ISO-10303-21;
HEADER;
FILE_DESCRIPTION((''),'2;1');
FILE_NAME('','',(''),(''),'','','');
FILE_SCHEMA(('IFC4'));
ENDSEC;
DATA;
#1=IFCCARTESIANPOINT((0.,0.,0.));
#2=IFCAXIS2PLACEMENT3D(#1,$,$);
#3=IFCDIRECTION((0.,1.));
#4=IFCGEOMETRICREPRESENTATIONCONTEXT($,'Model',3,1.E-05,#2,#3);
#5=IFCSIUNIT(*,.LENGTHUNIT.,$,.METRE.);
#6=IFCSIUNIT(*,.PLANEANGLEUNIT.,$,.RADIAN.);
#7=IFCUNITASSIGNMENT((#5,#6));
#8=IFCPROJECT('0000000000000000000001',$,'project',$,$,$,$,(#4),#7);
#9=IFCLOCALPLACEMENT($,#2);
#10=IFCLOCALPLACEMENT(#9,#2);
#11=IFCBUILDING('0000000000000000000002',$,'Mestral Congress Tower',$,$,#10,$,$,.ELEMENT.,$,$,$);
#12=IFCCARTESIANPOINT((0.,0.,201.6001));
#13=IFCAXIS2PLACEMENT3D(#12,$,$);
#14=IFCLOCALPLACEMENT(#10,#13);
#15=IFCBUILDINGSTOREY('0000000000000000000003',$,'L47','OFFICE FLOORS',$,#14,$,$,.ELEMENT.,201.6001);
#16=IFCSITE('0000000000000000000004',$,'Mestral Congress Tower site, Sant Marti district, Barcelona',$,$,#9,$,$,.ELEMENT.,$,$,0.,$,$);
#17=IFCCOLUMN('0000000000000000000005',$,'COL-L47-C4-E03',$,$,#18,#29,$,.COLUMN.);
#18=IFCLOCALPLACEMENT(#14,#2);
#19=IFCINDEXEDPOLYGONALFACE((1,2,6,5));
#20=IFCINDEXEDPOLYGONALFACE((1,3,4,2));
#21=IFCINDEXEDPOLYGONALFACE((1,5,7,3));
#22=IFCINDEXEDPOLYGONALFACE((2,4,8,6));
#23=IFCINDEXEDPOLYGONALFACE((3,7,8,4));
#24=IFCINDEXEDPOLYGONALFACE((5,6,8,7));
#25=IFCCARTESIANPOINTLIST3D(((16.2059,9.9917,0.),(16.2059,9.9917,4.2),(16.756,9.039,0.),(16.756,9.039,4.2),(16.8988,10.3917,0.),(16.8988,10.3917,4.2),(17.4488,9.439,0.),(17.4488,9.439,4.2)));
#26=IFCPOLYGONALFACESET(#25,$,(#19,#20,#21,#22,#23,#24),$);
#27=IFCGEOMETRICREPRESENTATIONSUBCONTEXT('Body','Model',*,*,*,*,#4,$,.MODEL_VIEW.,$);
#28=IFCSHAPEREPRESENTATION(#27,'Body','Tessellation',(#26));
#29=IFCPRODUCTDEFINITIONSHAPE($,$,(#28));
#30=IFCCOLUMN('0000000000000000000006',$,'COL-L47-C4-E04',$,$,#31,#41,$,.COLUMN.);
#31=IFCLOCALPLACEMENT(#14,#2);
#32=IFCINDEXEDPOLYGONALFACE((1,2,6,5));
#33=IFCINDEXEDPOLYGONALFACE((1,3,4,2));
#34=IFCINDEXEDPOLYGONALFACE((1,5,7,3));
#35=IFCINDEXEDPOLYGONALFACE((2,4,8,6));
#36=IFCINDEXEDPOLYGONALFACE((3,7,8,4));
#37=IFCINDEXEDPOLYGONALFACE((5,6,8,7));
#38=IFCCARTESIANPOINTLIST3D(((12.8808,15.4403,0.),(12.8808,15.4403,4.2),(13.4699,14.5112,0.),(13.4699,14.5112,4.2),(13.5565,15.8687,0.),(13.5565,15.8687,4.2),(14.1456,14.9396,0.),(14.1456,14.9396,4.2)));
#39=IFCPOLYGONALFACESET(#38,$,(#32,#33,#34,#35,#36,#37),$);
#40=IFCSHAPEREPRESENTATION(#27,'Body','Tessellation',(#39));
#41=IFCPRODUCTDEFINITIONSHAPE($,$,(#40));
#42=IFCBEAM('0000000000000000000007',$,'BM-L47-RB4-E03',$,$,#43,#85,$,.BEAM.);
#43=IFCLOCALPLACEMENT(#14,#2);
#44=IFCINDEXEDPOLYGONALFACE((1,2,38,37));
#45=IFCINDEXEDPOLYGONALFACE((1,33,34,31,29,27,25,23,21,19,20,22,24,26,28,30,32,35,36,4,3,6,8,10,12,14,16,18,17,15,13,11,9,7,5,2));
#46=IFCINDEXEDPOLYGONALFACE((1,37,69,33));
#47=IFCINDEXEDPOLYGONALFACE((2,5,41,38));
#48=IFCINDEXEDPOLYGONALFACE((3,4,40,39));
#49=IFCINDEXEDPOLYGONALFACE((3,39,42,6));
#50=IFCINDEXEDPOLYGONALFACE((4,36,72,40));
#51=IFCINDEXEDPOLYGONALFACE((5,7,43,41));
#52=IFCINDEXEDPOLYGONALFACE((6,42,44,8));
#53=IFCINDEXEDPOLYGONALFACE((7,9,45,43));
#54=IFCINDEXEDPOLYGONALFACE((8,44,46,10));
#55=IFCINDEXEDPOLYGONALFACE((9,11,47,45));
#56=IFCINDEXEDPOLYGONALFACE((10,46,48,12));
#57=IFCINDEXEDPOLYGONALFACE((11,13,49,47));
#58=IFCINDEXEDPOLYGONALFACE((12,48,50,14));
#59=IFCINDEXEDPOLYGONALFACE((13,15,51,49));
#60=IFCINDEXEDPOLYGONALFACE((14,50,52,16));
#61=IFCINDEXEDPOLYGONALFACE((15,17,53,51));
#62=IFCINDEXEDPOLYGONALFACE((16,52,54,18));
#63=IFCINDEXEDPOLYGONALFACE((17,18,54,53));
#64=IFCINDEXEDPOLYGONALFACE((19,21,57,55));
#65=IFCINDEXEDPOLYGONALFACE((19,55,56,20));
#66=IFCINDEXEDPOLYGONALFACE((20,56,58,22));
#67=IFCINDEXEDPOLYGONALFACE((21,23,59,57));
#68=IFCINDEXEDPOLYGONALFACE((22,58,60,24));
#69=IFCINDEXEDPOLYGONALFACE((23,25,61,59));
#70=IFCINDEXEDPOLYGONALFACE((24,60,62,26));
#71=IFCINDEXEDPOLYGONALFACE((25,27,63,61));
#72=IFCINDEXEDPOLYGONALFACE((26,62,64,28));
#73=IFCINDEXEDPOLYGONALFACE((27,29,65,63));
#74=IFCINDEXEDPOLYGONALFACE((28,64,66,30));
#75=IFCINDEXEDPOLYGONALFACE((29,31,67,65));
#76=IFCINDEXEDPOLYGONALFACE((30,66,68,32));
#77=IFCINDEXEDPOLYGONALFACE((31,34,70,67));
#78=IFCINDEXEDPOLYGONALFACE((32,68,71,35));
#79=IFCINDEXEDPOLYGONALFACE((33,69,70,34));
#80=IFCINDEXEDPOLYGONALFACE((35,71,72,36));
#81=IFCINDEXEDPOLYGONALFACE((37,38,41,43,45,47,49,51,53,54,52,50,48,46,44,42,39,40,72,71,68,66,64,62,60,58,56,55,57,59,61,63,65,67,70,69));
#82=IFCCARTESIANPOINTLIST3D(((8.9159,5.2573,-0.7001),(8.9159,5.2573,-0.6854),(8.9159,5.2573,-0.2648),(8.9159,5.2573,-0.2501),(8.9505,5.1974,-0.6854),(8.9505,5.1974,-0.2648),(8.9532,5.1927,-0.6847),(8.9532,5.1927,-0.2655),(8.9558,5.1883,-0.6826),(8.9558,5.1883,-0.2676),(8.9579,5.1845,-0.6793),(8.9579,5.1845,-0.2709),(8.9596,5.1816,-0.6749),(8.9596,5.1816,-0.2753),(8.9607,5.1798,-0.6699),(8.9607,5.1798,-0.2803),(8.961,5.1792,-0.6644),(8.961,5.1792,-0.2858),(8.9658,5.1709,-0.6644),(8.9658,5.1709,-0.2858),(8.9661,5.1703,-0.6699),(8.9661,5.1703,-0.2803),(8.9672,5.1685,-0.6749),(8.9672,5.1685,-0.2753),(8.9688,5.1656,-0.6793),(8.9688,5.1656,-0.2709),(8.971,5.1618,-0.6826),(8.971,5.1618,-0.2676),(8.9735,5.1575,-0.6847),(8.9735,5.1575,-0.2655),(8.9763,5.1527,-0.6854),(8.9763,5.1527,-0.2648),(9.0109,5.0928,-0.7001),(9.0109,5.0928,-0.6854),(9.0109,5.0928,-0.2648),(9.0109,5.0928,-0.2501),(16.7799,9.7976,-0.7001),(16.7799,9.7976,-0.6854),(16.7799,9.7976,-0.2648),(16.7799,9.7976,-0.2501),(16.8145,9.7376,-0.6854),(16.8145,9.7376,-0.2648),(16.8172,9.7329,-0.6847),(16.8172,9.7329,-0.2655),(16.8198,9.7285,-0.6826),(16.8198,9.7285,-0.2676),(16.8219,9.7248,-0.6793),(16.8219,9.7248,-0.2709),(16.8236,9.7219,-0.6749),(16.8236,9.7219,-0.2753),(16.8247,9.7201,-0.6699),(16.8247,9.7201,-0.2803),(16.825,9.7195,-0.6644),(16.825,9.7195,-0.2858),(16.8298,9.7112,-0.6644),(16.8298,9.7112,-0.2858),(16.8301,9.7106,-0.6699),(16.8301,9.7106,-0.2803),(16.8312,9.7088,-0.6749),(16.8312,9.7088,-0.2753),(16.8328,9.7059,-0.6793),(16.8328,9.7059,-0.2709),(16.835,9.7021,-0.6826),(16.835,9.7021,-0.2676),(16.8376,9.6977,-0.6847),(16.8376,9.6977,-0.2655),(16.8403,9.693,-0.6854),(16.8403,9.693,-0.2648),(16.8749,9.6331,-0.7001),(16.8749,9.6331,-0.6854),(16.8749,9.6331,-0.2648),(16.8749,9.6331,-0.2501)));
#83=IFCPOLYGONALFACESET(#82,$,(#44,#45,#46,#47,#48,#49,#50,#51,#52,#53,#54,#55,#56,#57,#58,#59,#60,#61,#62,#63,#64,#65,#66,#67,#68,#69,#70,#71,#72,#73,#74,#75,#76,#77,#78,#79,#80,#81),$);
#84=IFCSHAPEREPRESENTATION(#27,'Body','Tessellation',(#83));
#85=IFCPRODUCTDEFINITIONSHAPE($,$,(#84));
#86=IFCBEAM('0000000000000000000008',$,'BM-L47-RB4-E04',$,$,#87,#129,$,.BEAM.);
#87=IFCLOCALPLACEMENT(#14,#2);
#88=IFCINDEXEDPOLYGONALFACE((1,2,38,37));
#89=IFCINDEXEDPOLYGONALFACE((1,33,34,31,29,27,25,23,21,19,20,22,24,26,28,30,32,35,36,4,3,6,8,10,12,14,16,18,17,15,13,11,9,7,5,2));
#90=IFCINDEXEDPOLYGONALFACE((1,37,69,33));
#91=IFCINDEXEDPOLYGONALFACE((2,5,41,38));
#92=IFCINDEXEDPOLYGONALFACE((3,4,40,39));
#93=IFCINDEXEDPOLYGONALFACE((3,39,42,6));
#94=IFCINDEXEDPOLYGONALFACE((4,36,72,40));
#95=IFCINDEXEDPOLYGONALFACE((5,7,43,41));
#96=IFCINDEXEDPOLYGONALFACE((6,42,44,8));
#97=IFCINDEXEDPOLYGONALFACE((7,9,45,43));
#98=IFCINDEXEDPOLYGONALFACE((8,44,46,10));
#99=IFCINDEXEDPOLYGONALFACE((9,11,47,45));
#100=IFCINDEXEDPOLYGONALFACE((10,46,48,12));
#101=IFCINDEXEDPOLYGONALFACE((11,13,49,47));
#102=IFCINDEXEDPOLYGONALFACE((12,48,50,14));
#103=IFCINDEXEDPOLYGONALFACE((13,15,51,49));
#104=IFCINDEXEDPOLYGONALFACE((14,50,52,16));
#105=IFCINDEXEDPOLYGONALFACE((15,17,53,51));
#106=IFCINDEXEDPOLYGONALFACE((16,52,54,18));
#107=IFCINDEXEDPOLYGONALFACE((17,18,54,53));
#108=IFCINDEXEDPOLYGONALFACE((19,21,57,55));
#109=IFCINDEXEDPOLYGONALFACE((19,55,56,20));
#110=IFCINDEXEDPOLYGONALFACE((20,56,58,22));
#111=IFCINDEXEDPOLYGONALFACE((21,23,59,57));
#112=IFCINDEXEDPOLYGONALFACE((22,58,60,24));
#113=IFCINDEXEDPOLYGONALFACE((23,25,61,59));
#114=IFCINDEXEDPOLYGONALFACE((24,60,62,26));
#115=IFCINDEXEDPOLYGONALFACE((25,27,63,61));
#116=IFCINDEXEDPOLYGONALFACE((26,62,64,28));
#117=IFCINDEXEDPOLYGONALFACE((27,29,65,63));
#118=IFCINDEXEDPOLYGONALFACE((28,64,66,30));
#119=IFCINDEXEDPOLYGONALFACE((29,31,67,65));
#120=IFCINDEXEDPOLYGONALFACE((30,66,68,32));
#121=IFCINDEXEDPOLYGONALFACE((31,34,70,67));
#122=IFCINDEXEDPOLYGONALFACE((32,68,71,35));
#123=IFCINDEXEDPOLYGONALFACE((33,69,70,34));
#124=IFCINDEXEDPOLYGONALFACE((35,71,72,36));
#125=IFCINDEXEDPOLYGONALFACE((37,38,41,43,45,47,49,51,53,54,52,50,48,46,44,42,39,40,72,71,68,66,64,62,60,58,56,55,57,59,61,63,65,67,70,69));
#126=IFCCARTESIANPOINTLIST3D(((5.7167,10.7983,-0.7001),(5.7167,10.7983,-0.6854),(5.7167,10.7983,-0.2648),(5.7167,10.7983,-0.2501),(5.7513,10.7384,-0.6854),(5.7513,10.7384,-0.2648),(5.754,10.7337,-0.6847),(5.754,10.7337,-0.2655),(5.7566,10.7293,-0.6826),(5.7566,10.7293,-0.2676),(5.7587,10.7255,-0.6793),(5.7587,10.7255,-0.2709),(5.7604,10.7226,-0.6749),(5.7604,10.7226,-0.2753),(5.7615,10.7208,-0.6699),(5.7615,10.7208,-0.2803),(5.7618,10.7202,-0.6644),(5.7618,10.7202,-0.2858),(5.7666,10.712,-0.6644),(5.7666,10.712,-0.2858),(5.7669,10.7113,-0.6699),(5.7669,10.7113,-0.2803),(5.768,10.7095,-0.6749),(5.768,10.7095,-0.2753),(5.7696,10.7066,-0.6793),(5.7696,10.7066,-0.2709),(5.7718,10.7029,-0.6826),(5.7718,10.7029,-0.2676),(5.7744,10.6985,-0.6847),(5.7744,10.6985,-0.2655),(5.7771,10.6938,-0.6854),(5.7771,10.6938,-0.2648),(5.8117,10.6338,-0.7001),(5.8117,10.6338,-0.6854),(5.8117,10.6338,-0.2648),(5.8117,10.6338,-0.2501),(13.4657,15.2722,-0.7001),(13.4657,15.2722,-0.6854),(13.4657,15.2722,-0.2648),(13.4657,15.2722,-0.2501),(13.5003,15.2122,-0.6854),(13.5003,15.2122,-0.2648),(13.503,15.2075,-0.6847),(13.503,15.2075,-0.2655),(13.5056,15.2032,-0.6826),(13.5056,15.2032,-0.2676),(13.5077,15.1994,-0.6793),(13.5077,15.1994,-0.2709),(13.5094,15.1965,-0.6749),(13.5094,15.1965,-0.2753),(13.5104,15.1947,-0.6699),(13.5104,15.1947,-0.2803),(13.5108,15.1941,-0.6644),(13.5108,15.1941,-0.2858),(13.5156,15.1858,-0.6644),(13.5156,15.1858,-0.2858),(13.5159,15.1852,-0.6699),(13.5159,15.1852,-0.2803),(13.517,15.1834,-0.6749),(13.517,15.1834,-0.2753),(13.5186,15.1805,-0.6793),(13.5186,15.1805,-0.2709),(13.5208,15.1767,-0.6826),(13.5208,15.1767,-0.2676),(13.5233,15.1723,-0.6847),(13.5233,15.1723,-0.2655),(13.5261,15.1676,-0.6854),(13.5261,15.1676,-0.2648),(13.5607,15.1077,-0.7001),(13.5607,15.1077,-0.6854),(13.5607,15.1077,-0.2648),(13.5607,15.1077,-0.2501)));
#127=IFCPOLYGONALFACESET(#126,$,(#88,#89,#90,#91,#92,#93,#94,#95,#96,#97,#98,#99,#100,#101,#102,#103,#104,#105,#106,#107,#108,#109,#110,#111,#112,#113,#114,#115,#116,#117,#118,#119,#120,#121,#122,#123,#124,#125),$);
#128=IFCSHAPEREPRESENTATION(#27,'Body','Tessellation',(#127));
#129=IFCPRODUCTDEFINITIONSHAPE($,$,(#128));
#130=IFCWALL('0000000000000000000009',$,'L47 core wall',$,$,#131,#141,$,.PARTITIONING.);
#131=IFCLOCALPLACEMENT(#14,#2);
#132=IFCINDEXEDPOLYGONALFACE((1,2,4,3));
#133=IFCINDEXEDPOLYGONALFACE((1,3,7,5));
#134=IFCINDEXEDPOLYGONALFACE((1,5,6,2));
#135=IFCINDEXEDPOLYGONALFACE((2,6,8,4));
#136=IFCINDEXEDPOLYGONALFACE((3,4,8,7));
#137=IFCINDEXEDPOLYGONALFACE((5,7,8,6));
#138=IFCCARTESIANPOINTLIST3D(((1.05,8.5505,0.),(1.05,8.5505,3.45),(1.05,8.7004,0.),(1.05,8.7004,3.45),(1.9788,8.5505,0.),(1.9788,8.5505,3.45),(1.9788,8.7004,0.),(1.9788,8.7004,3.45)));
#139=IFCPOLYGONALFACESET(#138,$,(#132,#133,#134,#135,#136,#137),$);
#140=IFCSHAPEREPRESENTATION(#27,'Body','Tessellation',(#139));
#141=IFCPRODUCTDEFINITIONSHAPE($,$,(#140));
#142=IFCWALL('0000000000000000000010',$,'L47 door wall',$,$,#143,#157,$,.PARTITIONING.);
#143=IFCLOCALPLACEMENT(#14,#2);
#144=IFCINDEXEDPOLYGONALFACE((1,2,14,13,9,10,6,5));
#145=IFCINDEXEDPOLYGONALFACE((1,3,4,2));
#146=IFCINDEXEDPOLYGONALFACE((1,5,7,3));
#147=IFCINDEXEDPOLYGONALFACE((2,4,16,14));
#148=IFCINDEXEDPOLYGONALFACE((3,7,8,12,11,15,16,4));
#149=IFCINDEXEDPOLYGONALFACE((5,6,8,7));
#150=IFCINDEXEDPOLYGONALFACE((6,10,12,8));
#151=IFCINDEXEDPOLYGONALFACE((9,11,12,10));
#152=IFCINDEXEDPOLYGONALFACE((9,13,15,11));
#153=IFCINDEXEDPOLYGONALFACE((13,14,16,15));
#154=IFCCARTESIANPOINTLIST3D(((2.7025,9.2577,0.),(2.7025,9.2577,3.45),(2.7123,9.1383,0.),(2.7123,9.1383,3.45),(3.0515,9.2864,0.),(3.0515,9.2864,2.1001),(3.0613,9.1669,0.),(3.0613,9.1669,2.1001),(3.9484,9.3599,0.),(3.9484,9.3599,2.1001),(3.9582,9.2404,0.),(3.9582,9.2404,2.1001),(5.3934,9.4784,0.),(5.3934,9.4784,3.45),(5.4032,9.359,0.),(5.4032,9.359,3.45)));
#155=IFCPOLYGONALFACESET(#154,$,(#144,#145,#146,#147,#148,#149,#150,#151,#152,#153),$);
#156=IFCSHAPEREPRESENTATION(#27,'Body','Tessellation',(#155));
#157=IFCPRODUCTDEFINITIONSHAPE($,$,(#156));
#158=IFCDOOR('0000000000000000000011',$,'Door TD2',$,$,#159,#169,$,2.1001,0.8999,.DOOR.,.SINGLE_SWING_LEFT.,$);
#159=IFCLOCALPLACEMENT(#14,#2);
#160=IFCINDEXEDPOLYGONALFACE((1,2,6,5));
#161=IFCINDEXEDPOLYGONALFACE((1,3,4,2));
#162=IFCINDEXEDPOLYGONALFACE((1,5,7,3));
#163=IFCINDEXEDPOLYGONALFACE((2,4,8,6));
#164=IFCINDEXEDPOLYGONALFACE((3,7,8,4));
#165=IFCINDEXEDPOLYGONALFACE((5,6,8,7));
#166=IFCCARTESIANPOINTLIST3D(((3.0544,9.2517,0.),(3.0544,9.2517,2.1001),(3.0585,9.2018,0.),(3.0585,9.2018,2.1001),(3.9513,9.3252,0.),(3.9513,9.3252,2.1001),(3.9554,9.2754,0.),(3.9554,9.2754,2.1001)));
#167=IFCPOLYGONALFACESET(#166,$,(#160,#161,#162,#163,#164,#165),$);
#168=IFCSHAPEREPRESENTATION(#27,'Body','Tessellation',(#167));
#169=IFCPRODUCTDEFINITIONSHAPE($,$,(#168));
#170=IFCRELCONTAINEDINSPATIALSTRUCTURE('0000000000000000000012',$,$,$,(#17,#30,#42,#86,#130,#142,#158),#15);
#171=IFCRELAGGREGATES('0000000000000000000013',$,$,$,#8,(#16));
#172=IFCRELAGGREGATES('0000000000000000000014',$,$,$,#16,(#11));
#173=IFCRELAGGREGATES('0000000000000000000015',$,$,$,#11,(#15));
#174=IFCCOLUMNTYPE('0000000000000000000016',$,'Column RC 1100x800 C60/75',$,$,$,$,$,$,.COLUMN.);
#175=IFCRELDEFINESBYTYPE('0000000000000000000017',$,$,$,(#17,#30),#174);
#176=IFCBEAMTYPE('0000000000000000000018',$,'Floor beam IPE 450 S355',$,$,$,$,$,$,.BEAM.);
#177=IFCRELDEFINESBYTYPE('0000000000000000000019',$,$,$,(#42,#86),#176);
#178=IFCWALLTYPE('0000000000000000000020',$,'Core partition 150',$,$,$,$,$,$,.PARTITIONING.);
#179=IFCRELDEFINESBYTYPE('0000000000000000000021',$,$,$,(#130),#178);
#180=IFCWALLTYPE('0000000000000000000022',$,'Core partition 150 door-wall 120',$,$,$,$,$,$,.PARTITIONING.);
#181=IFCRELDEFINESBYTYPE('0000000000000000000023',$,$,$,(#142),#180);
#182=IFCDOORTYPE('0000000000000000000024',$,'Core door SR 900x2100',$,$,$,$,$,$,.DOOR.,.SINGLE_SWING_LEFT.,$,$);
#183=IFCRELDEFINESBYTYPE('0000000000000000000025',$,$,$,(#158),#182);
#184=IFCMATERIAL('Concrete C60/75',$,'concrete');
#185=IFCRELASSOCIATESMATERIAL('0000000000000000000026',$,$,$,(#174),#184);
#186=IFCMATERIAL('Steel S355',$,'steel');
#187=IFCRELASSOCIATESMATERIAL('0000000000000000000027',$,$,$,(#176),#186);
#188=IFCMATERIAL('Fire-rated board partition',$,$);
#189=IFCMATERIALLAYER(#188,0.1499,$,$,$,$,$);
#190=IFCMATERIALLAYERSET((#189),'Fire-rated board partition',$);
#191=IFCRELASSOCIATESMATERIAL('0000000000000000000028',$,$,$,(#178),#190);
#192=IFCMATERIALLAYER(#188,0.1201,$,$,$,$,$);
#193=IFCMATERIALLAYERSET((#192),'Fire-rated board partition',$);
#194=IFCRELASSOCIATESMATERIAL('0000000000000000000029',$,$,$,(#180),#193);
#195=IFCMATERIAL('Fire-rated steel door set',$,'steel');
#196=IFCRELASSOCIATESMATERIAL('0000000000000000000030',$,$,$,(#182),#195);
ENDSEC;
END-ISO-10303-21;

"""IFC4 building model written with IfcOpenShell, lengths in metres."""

from ifc_helpers import new_model, si_unit, direction, frame, frame_2d, origin, origin_2d, place, context, subcontext, project, spatial, rectangle, i_section, extrude, material, layer, layer_set, material_profile, profile_set, type_object, element, fill, save


model = new_model("IFC4")

# Units and contexts
model_context = context("Model", 3, precision=1e-05, world=origin(), true_north=direction((0.0, 1.0)))
body_context = subcontext(model_context, "Body", "Model", "MODEL_VIEW")
ifc_project = project(units=[si_unit("LENGTHUNIT", "METRE"), si_unit("PLANEANGLEUNIT", "RADIAN")], contexts=[model_context])

# Site, building, storey
site_placement = place(None, origin())
site = spatial("IfcSite", under=ifc_project, at=site_placement, Name="Mestral Congress Tower site, Sant Marti district, Barcelona", CompositionType="ELEMENT", RefElevation=0.0)
building_placement = place(site_placement, origin())
building = spatial("IfcBuilding", under=site, at=building_placement, Name="Mestral Congress Tower", CompositionType="ELEMENT")
storey_placement = place(building_placement, frame((0.0, 0.0, 201.6001)))
storey = spatial("IfcBuildingStorey", under=building, at=storey_placement, Name="L47", Description="OFFICE FLOORS", CompositionType="ELEMENT", Elevation=201.6001)

# Columns
ifc_material_1 = material(Name="Concrete C60/75", Category="concrete")
ifc_material_profile_1 = material_profile(ifc_material_1, rectangle(XDim=1.1001, YDim=0.8, at=origin_2d()), Name="RC 1100x800")
ifc_profile_set_1 = profile_set([ifc_material_profile_1], Name="Concrete C60/75")
column_type = type_object("IfcColumnType", Name="Column RC 1100x800 C60/75", PredefinedType="COLUMN", material=ifc_profile_set_1)
for number, where, z_axis, x_axis, name in (
    (1, (16.8274, 9.7153, 0.0), (0.0, 0.0, 1.0), (-0.5, 0.866025, 0.0), "COL-L47-C4-E03"),
    (2, (13.5132, 15.1899, 0.0), (0.0, 0.0, 1.0), (-0.535503, 0.844534, 0.0), "COL-L47-C4-E04"),
):
    element("IfcColumn", number, at=place(storey_placement, frame(where, z_axis=z_axis, x_axis=x_axis)), inside=storey, type_object=column_type, Name=name, PredefinedType="COLUMN", context=body_context, shape_type="SweptSolid", body=[
        extrude(rectangle(XDim=1.1001, YDim=0.8, at=origin_2d()), origin(), (0.0, 0.0, 1.0), 4.2),
    ])

# Beams
ifc_material_2 = material(Name="Steel S355", Category="steel")
ifc_material_profile_2 = material_profile(ifc_material_2, i_section(OverallWidth=0.1899, OverallDepth=0.45, WebThickness=0.0095, FlangeThickness=0.0146, FilletRadius=0.021, at=origin_2d()), Name="IPE 450")
ifc_profile_set_2 = profile_set([ifc_material_profile_2], Name="Steel S355")
beam_type = type_object("IfcBeamType", Name="Floor beam IPE 450 S355", PredefinedType="BEAM", material=ifc_profile_set_2)
beam_1_placement = place(storey_placement, frame((16.8274, 9.7153, -0.4751), z_axis=(-0.866026, -0.499999, 0.0), x_axis=(0.499999, -0.866026, 0.0)))
element("IfcBeam", 3, at=beam_1_placement, inside=storey, type_object=beam_type, Name="BM-L47-RB4-E03", PredefinedType="BEAM", context=body_context, shape_type="SweptSolid", body=[
    extrude(i_section(OverallWidth=0.1899, OverallDepth=0.45, WebThickness=0.0095, FlangeThickness=0.0146, FilletRadius=0.021, at=origin_2d()), origin(), (0.0, 0.0, 1.0), 9.0806),
])
beam_2_placement = place(storey_placement, frame((13.5132, 15.1899, -0.4751), z_axis=(-0.866027, -0.499998, 0.0), x_axis=(0.499998, -0.866027, 0.0)))
element("IfcBeam", 4, at=beam_2_placement, inside=storey, type_object=beam_type, Name="BM-L47-RB4-E04", PredefinedType="BEAM", context=body_context, shape_type="SweptSolid", body=[
    extrude(i_section(OverallWidth=0.1899, OverallDepth=0.45, WebThickness=0.0095, FlangeThickness=0.0146, FilletRadius=0.021, at=origin_2d()), origin(), (0.0, 0.0, 1.0), 8.9478),
])

# Wall
ifc_material_3 = material(Name="Fire-rated board partition")
ifc_layer_1 = layer(ifc_material_3, 0.1499)
ifc_layer_set_1 = layer_set([ifc_layer_1], Name="Fire-rated board partition")
wall_type_1 = type_object("IfcWallType", Name="Core partition 150", PredefinedType="PARTITIONING", material=ifc_layer_set_1)
wall_1_placement = place(storey_placement, frame((1.05, 8.6255, 0.0), z_axis=(0.0, 0.0, 1.0), x_axis=(1.0, 0.0, 0.0)))
element("IfcWall", 5, at=wall_1_placement, inside=storey, type_object=wall_type_1, Name="L47 core wall", PredefinedType="PARTITIONING", context=body_context, shape_type="SweptSolid", body=[
    extrude(rectangle(XDim=0.9287, YDim=0.1499, at=frame_2d((0.4644, 0.0))), origin(), (0.0, 0.0, 1.0), 3.45),
])

# Wall, opening, door
ifc_layer_2 = layer(ifc_material_3, 0.1201)
ifc_layer_set_2 = layer_set([ifc_layer_2], Name="Fire-rated board partition")
wall_type_2 = type_object("IfcWallType", Name="Core partition 150 door-wall 120", PredefinedType="PARTITIONING", material=ifc_layer_set_2)
wall_2_placement = place(storey_placement, frame((5.3984, 9.4187, 0.0), z_axis=(0.0, 0.0, 1.0), x_axis=(-0.996653, -0.081743, 0.0)))
wall_2 = element("IfcWall", 6, at=wall_2_placement, inside=storey, type_object=wall_type_2, Name="L47 door wall", PredefinedType="PARTITIONING", context=body_context, shape_type="SweptSolid", body=[
    extrude(rectangle(XDim=2.7, YDim=0.1199, at=frame_2d((1.3501, 0.0))), origin(), (0.0, 0.0, 1.0), 3.45),
])
opening_1_placement = place(wall_2_placement, frame((1.45, 0.0, 0.0)))
opening_1 = element("IfcOpeningElement", 7, at=opening_1_placement, cuts=wall_2, PredefinedType="OPENING", context=body_context, shape_type="SweptSolid", body=[
    extrude(rectangle(XDim=0.8999, YDim=2.1001, at=frame_2d((0.45, 1.05))), frame((0.0, 0.0698, 0.0), z_axis=(0.0, -1.0, 0.0), x_axis=(1.0, 0.0, 0.0)), (0.0, 0.0, 1.0), 0.1399),
])
ifc_material_4 = material(Name="Fire-rated steel door set", Category="steel")
door_type_1 = type_object("IfcDoorType", Name="Core door SR 900x2100", OperationType="SINGLE_SWING_LEFT", PredefinedType="DOOR", material=ifc_material_4)
door_1_placement = place(opening_1_placement, origin())
door_1 = element("IfcDoor", 8, at=door_1_placement, inside=storey, type_object=door_type_1, Name="Door TD2", OperationType="SINGLE_SWING_LEFT", OverallHeight=2.1001, OverallWidth=0.8999, PredefinedType="DOOR", context=body_context, shape_type="SweptSolid", body=[
    extrude(rectangle(XDim=0.8999, YDim=2.1001, at=frame_2d((0.45, 1.05))), frame((0.0, 0.0249, 0.0), z_axis=(0.0, -1.0, 0.0), x_axis=(1.0, 0.0, 0.0)), (0.0, 0.0, 1.0), 0.05),
])
fill(opening_1, door_1)

save(model, "model.ifc")
